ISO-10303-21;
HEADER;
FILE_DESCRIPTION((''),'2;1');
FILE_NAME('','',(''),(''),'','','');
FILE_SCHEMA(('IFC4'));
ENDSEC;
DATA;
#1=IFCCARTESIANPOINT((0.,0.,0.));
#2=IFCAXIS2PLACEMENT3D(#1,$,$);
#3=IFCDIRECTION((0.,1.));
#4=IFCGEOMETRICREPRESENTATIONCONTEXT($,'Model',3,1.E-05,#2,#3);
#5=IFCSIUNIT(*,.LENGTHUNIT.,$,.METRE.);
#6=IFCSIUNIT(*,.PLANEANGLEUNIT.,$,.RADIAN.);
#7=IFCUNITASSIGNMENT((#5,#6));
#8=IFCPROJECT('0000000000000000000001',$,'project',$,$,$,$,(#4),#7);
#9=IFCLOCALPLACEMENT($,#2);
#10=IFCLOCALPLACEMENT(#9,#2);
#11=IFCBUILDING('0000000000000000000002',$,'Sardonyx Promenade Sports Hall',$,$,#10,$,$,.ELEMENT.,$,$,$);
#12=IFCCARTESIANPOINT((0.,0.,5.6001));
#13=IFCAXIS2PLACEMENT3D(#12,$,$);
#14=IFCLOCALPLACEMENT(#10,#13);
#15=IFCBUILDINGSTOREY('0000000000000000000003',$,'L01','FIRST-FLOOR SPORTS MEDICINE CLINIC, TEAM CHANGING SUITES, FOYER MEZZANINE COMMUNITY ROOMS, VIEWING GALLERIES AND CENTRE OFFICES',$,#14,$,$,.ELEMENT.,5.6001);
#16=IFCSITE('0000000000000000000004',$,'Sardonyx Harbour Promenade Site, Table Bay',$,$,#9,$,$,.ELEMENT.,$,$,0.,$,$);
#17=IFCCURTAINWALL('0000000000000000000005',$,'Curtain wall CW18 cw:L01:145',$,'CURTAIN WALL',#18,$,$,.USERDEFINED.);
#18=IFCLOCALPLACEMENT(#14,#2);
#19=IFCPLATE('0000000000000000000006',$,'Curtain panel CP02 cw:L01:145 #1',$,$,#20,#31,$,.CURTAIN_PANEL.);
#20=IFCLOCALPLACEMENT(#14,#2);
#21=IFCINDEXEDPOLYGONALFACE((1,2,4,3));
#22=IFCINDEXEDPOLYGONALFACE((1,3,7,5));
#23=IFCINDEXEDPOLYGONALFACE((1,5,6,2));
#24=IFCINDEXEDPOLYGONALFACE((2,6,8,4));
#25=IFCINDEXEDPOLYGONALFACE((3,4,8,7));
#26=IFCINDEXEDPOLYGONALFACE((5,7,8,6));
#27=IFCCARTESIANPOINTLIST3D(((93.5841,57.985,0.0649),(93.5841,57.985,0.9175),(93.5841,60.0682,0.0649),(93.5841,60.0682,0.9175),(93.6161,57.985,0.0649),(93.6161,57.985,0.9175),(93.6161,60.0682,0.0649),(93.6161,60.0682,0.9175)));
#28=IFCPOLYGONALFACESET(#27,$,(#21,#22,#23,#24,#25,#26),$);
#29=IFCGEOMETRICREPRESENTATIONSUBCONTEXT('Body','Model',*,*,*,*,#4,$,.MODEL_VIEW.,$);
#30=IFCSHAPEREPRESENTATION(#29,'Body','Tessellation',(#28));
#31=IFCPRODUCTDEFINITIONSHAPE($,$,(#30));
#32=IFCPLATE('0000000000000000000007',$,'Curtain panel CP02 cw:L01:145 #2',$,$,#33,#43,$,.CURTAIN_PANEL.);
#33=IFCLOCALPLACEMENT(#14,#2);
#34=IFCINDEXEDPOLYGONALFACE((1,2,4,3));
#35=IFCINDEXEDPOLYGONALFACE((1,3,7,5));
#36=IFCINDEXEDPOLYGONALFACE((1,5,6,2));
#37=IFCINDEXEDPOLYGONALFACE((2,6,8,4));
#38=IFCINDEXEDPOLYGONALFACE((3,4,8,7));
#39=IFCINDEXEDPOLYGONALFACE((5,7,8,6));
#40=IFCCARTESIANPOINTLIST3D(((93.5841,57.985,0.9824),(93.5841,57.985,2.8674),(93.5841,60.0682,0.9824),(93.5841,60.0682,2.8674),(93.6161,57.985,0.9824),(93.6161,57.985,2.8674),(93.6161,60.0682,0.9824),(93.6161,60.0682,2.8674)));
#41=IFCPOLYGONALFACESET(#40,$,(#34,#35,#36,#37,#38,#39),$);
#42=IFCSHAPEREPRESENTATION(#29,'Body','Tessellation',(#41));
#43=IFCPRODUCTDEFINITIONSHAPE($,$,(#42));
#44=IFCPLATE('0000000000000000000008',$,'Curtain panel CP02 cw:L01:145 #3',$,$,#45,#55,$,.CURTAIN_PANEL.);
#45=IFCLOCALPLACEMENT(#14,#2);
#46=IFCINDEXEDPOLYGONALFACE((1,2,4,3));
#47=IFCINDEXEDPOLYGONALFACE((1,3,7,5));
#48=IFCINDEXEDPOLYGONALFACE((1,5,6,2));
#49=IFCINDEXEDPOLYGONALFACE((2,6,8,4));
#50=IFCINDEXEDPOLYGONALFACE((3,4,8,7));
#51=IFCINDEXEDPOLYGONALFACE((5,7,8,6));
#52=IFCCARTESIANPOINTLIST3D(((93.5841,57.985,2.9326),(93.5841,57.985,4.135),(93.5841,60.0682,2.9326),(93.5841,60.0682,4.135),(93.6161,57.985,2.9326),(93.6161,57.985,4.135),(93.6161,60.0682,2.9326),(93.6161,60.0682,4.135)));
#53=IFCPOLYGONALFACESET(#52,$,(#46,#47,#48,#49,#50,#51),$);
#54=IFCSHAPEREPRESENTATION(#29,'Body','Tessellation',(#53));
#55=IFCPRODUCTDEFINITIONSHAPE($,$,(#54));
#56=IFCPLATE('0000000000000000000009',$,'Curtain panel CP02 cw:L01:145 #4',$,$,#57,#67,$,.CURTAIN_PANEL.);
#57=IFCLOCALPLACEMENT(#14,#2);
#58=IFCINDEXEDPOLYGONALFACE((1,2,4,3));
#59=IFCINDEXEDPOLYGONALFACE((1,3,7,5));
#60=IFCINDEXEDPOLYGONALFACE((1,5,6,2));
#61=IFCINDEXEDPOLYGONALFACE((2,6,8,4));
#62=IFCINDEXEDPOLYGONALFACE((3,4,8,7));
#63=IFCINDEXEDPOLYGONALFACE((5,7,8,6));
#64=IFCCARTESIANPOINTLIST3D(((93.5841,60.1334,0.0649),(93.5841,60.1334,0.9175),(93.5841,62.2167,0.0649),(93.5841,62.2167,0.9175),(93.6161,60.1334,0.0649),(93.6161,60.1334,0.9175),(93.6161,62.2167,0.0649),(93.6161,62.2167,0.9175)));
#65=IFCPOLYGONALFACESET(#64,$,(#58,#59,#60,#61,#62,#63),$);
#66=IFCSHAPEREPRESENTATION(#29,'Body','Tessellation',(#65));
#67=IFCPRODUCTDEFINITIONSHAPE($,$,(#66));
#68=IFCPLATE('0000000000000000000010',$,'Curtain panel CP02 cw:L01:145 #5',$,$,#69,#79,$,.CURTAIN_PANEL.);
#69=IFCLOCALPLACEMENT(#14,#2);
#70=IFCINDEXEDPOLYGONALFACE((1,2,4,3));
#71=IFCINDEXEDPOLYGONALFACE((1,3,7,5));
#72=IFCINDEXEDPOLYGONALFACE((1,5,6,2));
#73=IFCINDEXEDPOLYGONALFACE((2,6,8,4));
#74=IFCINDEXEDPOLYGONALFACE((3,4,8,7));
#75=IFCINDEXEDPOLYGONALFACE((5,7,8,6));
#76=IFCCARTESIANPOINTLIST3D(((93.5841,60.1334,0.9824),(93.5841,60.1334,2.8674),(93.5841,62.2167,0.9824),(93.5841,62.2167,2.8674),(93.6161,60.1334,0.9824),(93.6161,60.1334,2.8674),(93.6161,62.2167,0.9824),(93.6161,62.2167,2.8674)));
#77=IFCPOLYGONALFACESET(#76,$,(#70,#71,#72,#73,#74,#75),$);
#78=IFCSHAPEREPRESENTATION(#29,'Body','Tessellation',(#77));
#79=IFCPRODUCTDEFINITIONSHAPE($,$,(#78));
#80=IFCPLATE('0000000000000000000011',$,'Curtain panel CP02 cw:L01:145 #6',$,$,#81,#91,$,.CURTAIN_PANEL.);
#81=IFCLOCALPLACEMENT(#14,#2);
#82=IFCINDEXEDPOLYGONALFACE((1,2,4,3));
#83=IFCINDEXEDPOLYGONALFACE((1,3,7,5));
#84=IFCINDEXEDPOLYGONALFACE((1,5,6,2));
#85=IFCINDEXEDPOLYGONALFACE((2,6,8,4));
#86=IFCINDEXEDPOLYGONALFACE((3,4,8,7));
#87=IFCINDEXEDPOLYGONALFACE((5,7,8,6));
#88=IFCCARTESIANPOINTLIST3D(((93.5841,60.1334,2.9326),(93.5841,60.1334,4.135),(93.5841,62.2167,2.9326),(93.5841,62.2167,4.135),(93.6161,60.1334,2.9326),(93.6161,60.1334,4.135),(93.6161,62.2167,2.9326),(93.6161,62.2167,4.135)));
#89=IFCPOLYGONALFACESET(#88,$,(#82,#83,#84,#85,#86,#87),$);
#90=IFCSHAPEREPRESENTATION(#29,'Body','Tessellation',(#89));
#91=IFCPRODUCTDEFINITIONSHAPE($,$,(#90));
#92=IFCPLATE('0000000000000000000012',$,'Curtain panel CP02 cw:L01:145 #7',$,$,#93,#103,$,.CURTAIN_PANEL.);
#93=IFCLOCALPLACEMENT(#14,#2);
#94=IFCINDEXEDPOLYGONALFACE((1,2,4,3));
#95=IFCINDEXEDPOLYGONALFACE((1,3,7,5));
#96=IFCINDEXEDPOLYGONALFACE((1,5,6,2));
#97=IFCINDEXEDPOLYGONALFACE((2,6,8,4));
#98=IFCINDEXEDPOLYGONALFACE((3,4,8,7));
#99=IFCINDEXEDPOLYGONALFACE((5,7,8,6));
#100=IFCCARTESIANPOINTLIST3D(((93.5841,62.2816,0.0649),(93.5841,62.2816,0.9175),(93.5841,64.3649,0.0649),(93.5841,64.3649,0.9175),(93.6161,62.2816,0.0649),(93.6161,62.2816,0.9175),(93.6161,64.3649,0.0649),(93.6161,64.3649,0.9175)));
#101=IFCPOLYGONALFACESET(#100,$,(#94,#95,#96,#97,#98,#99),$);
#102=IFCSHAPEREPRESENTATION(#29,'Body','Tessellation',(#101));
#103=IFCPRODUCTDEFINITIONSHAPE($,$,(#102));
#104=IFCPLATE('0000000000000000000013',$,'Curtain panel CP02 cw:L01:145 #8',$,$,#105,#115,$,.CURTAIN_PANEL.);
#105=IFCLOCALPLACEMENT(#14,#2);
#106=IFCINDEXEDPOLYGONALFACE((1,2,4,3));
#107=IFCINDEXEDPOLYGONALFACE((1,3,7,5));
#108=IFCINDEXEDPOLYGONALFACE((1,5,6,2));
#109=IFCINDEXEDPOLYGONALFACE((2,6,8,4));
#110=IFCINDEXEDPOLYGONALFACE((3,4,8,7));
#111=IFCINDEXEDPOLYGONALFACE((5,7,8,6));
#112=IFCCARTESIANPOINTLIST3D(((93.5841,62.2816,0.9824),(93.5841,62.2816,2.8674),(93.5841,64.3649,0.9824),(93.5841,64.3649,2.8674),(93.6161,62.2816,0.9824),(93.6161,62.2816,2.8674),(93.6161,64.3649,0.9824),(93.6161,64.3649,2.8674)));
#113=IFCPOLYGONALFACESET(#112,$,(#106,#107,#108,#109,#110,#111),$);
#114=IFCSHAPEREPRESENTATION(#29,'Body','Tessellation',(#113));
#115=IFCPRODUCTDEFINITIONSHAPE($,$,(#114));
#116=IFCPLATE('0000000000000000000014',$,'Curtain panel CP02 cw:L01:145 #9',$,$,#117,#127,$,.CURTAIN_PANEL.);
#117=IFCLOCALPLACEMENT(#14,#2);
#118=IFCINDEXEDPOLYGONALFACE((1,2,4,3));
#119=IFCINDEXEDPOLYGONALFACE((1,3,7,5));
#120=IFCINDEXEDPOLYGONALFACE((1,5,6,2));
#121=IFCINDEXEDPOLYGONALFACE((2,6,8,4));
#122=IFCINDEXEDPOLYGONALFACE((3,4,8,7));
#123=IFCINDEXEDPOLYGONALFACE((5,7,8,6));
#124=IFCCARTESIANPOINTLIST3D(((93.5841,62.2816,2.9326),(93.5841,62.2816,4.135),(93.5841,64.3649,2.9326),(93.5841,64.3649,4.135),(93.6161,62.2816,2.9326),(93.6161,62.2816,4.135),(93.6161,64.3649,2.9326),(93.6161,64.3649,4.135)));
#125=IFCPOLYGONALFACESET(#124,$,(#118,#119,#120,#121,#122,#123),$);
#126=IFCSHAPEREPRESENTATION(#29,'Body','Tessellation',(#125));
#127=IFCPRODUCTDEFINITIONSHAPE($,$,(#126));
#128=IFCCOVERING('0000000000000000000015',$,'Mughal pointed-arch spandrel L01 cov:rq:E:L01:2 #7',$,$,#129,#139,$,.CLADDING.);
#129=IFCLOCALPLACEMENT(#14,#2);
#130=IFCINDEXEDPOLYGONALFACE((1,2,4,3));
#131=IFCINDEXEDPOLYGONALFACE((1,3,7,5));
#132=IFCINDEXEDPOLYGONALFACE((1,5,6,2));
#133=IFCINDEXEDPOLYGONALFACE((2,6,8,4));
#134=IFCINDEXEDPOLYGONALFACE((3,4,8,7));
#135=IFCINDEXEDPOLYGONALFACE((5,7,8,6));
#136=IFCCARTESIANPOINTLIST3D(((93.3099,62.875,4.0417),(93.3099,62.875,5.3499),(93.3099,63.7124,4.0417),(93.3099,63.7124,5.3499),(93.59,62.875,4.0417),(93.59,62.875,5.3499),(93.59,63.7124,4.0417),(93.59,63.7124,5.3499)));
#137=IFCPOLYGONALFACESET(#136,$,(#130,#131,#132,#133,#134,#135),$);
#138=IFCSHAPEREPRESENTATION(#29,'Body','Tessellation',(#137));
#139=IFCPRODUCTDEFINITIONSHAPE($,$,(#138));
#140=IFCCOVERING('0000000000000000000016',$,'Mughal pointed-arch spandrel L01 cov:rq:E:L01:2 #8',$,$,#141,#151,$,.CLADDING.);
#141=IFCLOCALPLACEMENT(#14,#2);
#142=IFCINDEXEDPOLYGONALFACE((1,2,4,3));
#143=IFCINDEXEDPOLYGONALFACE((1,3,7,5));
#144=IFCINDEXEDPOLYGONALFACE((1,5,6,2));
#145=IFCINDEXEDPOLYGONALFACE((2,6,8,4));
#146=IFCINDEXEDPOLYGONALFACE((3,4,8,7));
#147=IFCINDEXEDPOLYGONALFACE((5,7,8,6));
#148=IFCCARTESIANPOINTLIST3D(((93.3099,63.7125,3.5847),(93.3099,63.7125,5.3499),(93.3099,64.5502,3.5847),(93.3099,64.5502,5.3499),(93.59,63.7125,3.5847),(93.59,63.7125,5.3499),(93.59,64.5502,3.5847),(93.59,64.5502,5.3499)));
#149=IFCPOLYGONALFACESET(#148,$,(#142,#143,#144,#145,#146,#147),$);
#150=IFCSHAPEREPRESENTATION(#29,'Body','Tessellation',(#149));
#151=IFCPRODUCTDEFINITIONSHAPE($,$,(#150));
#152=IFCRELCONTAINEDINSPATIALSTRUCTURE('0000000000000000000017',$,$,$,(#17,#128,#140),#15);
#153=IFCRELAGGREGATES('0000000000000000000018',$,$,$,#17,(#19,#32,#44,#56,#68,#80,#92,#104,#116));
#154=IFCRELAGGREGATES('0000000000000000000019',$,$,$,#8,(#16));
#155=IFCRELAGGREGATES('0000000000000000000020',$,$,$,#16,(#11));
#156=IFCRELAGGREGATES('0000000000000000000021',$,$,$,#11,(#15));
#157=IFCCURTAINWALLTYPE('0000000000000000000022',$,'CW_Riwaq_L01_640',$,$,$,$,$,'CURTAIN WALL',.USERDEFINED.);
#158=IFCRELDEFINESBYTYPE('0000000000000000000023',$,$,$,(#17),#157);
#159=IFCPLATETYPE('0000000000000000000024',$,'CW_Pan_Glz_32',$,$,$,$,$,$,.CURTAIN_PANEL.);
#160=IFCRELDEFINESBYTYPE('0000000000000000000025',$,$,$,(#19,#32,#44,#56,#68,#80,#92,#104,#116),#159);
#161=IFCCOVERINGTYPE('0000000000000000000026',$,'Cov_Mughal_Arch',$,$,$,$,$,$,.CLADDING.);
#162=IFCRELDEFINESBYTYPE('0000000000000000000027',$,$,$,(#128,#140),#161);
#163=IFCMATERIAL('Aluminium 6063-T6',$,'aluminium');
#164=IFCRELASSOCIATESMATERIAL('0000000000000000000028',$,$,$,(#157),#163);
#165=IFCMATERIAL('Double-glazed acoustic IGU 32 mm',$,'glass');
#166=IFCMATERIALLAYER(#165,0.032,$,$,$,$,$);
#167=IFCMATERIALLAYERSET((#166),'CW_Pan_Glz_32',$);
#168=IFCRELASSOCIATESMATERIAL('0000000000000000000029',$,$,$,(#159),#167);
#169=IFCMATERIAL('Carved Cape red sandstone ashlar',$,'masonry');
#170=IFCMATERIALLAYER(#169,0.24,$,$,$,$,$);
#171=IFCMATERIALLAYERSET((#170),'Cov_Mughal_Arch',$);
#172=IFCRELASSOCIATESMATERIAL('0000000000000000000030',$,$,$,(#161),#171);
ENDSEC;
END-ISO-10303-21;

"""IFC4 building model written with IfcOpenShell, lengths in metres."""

from ifc_helpers import new_model, si_unit, direction, frame, frame_2d, origin, origin_2d, place, context, subcontext, project, spatial, rectangle, extrude, material, layer, layer_set, type_object, element, aggregate, save


model = new_model("IFC4")

# Units and contexts
model_context = context("Model", 3, precision=1e-05, world=origin(), true_north=direction((0.0, 1.0)))
body_context = subcontext(model_context, "Body", "Model", "MODEL_VIEW")
ifc_project = project(units=[si_unit("LENGTHUNIT", "METRE"), si_unit("PLANEANGLEUNIT", "RADIAN")], contexts=[model_context])

# Site, building, storey
site_placement = place(None, origin())
site = spatial("IfcSite", under=ifc_project, at=site_placement, Name="Sardonyx Harbour Promenade Site, Table Bay", CompositionType="ELEMENT", RefElevation=0.0)
building_placement = place(site_placement, origin())
building = spatial("IfcBuilding", under=site, at=building_placement, Name="Sardonyx Promenade Sports Hall", CompositionType="ELEMENT")
storey_placement = place(building_placement, frame((0.0, 0.0, 5.6001)))
storey = spatial("IfcBuildingStorey", under=building, at=storey_placement, Name="L01", Description="FIRST-FLOOR SPORTS MEDICINE CLINIC, TEAM CHANGING SUITES, FOYER MEZZANINE COMMUNITY ROOMS, VIEWING GALLERIES AND CENTRE OFFICES", CompositionType="ELEMENT", Elevation=5.6001)

# Curtain wall, plates
ifc_material_1 = material(Name="Aluminium 6063-T6", Category="aluminium")
curtain_wall_type = type_object("IfcCurtainWallType", Name="CW_Riwaq_L01_640", ElementType="CURTAIN WALL", PredefinedType="USERDEFINED", material=ifc_material_1)
curtain_wall_placement = place(storey_placement, origin())
curtain_wall = element("IfcCurtainWall", 1, at=curtain_wall_placement, inside=storey, type_object=curtain_wall_type, Name="Curtain wall CW18 cw:L01:145", ObjectType="CURTAIN WALL", PredefinedType="USERDEFINED")
ifc_material_2 = material(Name="Double-glazed acoustic IGU 32 mm", Category="glass")
ifc_layer_1 = layer(ifc_material_2, 0.032)
ifc_layer_set_1 = layer_set([ifc_layer_1], Name="CW_Pan_Glz_32")
plate_type = type_object("IfcPlateType", Name="CW_Pan_Glz_32", PredefinedType="CURTAIN_PANEL", material=ifc_layer_set_1)
plate_1_placement = place(storey_placement, frame((93.6001, 59.0266, 0.0649), z_axis=(0.0, 0.0, 1.0), x_axis=(0.0, 1.0, 0.0)))
plate_1 = element("IfcPlate", 2, at=plate_1_placement, type_object=plate_type, Name="Curtain panel CP02 cw:L01:145 #1", PredefinedType="CURTAIN_PANEL", context=body_context, shape_type="SweptSolid", body=[
    extrude(rectangle(XDim=2.0833, YDim=0.032, at=origin_2d()), origin(), (0.0, 0.0, 1.0), 0.8525),
])
plate_2_placement = place(storey_placement, frame((93.6001, 59.0266, 0.9824), z_axis=(0.0, 0.0, 1.0), x_axis=(0.0, 1.0, 0.0)))
plate_2 = element("IfcPlate", 3, at=plate_2_placement, type_object=plate_type, Name="Curtain panel CP02 cw:L01:145 #2", PredefinedType="CURTAIN_PANEL", context=body_context, shape_type="SweptSolid", body=[
    extrude(rectangle(XDim=2.0833, YDim=0.032, at=origin_2d()), origin(), (0.0, 0.0, 1.0), 1.885),
])
plate_3_placement = place(storey_placement, frame((93.6001, 59.0266, 2.9326), z_axis=(0.0, 0.0, 1.0), x_axis=(0.0, 1.0, 0.0)))
plate_3 = element("IfcPlate", 4, at=plate_3_placement, type_object=plate_type, Name="Curtain panel CP02 cw:L01:145 #3", PredefinedType="CURTAIN_PANEL", context=body_context, shape_type="SweptSolid", body=[
    extrude(rectangle(XDim=2.0833, YDim=0.032, at=origin_2d()), origin(), (0.0, 0.0, 1.0), 1.2024),
])
plate_4_placement = place(storey_placement, frame((93.6001, 61.175, 0.0649), z_axis=(0.0, 0.0, 1.0), x_axis=(0.0, 1.0, 0.0)))
plate_4 = element("IfcPlate", 5, at=plate_4_placement, type_object=plate_type, Name="Curtain panel CP02 cw:L01:145 #4", PredefinedType="CURTAIN_PANEL", context=body_context, shape_type="SweptSolid", body=[
    extrude(rectangle(XDim=2.0833, YDim=0.032, at=origin_2d()), origin(), (0.0, 0.0, 1.0), 0.8525),
])
plate_5_placement = place(storey_placement, frame((93.6001, 61.175, 0.9824), z_axis=(0.0, 0.0, 1.0), x_axis=(0.0, 1.0, 0.0)))
plate_5 = element("IfcPlate", 6, at=plate_5_placement, type_object=plate_type, Name="Curtain panel CP02 cw:L01:145 #5", PredefinedType="CURTAIN_PANEL", context=body_context, shape_type="SweptSolid", body=[
    extrude(rectangle(XDim=2.0833, YDim=0.032, at=origin_2d()), origin(), (0.0, 0.0, 1.0), 1.885),
])
plate_6_placement = place(storey_placement, frame((93.6001, 61.175, 2.9326), z_axis=(0.0, 0.0, 1.0), x_axis=(0.0, 1.0, 0.0)))
plate_6 = element("IfcPlate", 7, at=plate_6_placement, type_object=plate_type, Name="Curtain panel CP02 cw:L01:145 #6", PredefinedType="CURTAIN_PANEL", context=body_context, shape_type="SweptSolid", body=[
    extrude(rectangle(XDim=2.0833, YDim=0.032, at=origin_2d()), origin(), (0.0, 0.0, 1.0), 1.2024),
])
plate_7_placement = place(storey_placement, frame((93.6001, 63.3232, 0.0649), z_axis=(0.0, 0.0, 1.0), x_axis=(0.0, 1.0, 0.0)))
plate_7 = element("IfcPlate", 8, at=plate_7_placement, type_object=plate_type, Name="Curtain panel CP02 cw:L01:145 #7", PredefinedType="CURTAIN_PANEL", context=body_context, shape_type="SweptSolid", body=[
    extrude(rectangle(XDim=2.0833, YDim=0.032, at=origin_2d()), origin(), (0.0, 0.0, 1.0), 0.8525),
])
plate_8_placement = place(storey_placement, frame((93.6001, 63.3232, 0.9824), z_axis=(0.0, 0.0, 1.0), x_axis=(0.0, 1.0, 0.0)))
plate_8 = element("IfcPlate", 9, at=plate_8_placement, type_object=plate_type, Name="Curtain panel CP02 cw:L01:145 #8", PredefinedType="CURTAIN_PANEL", context=body_context, shape_type="SweptSolid", body=[
    extrude(rectangle(XDim=2.0833, YDim=0.032, at=origin_2d()), origin(), (0.0, 0.0, 1.0), 1.885),
])
plate_9_placement = place(storey_placement, frame((93.6001, 63.3232, 2.9326), z_axis=(0.0, 0.0, 1.0), x_axis=(0.0, 1.0, 0.0)))
plate_9 = element("IfcPlate", 10, at=plate_9_placement, type_object=plate_type, Name="Curtain panel CP02 cw:L01:145 #9", PredefinedType="CURTAIN_PANEL", context=body_context, shape_type="SweptSolid", body=[
    extrude(rectangle(XDim=2.0833, YDim=0.032, at=origin_2d()), origin(), (0.0, 0.0, 1.0), 1.2024),
])
aggregate(curtain_wall, [plate_1, plate_2, plate_3, plate_4, plate_5, plate_6, plate_7, plate_8, plate_9])

# Coverings
ifc_material_3 = material(Name="Carved Cape red sandstone ashlar", Category="masonry")
ifc_layer_2 = layer(ifc_material_3, 0.24)
ifc_layer_set_2 = layer_set([ifc_layer_2], Name="Cov_Mughal_Arch")
covering_type = type_object("IfcCoveringType", Name="Cov_Mughal_Arch", PredefinedType="CLADDING", material=ifc_layer_set_2)
covering_1_placement = place(storey_placement, frame((93.45, 62.875, 4.0417), z_axis=(0.0, 0.0, 1.0), x_axis=(0.0, 1.0, 0.0)))
element("IfcCovering", 11, at=covering_1_placement, inside=storey, type_object=covering_type, Name="Mughal pointed-arch spandrel L01 cov:rq:E:L01:2 #7", PredefinedType="CLADDING", context=body_context, shape_type="SweptSolid", body=[
    extrude(rectangle(XDim=0.8374, YDim=0.28, at=frame_2d((0.4187, 0.0))), origin(), (0.0, 0.0, 1.0), 1.3081),
])
covering_2_placement = place(storey_placement, frame((93.45, 63.7124, 3.5847), z_axis=(0.0, 0.0, 1.0), x_axis=(0.0, 1.0, 0.0)))
element("IfcCovering", 12, at=covering_2_placement, inside=storey, type_object=covering_type, Name="Mughal pointed-arch spandrel L01 cov:rq:E:L01:2 #8", PredefinedType="CLADDING", context=body_context, shape_type="SweptSolid", body=[
    extrude(rectangle(XDim=0.8376, YDim=0.28, at=frame_2d((0.4189, 0.0))), origin(), (0.0, 0.0, 1.0), 1.7651),
])

save(model, "model.ifc")
